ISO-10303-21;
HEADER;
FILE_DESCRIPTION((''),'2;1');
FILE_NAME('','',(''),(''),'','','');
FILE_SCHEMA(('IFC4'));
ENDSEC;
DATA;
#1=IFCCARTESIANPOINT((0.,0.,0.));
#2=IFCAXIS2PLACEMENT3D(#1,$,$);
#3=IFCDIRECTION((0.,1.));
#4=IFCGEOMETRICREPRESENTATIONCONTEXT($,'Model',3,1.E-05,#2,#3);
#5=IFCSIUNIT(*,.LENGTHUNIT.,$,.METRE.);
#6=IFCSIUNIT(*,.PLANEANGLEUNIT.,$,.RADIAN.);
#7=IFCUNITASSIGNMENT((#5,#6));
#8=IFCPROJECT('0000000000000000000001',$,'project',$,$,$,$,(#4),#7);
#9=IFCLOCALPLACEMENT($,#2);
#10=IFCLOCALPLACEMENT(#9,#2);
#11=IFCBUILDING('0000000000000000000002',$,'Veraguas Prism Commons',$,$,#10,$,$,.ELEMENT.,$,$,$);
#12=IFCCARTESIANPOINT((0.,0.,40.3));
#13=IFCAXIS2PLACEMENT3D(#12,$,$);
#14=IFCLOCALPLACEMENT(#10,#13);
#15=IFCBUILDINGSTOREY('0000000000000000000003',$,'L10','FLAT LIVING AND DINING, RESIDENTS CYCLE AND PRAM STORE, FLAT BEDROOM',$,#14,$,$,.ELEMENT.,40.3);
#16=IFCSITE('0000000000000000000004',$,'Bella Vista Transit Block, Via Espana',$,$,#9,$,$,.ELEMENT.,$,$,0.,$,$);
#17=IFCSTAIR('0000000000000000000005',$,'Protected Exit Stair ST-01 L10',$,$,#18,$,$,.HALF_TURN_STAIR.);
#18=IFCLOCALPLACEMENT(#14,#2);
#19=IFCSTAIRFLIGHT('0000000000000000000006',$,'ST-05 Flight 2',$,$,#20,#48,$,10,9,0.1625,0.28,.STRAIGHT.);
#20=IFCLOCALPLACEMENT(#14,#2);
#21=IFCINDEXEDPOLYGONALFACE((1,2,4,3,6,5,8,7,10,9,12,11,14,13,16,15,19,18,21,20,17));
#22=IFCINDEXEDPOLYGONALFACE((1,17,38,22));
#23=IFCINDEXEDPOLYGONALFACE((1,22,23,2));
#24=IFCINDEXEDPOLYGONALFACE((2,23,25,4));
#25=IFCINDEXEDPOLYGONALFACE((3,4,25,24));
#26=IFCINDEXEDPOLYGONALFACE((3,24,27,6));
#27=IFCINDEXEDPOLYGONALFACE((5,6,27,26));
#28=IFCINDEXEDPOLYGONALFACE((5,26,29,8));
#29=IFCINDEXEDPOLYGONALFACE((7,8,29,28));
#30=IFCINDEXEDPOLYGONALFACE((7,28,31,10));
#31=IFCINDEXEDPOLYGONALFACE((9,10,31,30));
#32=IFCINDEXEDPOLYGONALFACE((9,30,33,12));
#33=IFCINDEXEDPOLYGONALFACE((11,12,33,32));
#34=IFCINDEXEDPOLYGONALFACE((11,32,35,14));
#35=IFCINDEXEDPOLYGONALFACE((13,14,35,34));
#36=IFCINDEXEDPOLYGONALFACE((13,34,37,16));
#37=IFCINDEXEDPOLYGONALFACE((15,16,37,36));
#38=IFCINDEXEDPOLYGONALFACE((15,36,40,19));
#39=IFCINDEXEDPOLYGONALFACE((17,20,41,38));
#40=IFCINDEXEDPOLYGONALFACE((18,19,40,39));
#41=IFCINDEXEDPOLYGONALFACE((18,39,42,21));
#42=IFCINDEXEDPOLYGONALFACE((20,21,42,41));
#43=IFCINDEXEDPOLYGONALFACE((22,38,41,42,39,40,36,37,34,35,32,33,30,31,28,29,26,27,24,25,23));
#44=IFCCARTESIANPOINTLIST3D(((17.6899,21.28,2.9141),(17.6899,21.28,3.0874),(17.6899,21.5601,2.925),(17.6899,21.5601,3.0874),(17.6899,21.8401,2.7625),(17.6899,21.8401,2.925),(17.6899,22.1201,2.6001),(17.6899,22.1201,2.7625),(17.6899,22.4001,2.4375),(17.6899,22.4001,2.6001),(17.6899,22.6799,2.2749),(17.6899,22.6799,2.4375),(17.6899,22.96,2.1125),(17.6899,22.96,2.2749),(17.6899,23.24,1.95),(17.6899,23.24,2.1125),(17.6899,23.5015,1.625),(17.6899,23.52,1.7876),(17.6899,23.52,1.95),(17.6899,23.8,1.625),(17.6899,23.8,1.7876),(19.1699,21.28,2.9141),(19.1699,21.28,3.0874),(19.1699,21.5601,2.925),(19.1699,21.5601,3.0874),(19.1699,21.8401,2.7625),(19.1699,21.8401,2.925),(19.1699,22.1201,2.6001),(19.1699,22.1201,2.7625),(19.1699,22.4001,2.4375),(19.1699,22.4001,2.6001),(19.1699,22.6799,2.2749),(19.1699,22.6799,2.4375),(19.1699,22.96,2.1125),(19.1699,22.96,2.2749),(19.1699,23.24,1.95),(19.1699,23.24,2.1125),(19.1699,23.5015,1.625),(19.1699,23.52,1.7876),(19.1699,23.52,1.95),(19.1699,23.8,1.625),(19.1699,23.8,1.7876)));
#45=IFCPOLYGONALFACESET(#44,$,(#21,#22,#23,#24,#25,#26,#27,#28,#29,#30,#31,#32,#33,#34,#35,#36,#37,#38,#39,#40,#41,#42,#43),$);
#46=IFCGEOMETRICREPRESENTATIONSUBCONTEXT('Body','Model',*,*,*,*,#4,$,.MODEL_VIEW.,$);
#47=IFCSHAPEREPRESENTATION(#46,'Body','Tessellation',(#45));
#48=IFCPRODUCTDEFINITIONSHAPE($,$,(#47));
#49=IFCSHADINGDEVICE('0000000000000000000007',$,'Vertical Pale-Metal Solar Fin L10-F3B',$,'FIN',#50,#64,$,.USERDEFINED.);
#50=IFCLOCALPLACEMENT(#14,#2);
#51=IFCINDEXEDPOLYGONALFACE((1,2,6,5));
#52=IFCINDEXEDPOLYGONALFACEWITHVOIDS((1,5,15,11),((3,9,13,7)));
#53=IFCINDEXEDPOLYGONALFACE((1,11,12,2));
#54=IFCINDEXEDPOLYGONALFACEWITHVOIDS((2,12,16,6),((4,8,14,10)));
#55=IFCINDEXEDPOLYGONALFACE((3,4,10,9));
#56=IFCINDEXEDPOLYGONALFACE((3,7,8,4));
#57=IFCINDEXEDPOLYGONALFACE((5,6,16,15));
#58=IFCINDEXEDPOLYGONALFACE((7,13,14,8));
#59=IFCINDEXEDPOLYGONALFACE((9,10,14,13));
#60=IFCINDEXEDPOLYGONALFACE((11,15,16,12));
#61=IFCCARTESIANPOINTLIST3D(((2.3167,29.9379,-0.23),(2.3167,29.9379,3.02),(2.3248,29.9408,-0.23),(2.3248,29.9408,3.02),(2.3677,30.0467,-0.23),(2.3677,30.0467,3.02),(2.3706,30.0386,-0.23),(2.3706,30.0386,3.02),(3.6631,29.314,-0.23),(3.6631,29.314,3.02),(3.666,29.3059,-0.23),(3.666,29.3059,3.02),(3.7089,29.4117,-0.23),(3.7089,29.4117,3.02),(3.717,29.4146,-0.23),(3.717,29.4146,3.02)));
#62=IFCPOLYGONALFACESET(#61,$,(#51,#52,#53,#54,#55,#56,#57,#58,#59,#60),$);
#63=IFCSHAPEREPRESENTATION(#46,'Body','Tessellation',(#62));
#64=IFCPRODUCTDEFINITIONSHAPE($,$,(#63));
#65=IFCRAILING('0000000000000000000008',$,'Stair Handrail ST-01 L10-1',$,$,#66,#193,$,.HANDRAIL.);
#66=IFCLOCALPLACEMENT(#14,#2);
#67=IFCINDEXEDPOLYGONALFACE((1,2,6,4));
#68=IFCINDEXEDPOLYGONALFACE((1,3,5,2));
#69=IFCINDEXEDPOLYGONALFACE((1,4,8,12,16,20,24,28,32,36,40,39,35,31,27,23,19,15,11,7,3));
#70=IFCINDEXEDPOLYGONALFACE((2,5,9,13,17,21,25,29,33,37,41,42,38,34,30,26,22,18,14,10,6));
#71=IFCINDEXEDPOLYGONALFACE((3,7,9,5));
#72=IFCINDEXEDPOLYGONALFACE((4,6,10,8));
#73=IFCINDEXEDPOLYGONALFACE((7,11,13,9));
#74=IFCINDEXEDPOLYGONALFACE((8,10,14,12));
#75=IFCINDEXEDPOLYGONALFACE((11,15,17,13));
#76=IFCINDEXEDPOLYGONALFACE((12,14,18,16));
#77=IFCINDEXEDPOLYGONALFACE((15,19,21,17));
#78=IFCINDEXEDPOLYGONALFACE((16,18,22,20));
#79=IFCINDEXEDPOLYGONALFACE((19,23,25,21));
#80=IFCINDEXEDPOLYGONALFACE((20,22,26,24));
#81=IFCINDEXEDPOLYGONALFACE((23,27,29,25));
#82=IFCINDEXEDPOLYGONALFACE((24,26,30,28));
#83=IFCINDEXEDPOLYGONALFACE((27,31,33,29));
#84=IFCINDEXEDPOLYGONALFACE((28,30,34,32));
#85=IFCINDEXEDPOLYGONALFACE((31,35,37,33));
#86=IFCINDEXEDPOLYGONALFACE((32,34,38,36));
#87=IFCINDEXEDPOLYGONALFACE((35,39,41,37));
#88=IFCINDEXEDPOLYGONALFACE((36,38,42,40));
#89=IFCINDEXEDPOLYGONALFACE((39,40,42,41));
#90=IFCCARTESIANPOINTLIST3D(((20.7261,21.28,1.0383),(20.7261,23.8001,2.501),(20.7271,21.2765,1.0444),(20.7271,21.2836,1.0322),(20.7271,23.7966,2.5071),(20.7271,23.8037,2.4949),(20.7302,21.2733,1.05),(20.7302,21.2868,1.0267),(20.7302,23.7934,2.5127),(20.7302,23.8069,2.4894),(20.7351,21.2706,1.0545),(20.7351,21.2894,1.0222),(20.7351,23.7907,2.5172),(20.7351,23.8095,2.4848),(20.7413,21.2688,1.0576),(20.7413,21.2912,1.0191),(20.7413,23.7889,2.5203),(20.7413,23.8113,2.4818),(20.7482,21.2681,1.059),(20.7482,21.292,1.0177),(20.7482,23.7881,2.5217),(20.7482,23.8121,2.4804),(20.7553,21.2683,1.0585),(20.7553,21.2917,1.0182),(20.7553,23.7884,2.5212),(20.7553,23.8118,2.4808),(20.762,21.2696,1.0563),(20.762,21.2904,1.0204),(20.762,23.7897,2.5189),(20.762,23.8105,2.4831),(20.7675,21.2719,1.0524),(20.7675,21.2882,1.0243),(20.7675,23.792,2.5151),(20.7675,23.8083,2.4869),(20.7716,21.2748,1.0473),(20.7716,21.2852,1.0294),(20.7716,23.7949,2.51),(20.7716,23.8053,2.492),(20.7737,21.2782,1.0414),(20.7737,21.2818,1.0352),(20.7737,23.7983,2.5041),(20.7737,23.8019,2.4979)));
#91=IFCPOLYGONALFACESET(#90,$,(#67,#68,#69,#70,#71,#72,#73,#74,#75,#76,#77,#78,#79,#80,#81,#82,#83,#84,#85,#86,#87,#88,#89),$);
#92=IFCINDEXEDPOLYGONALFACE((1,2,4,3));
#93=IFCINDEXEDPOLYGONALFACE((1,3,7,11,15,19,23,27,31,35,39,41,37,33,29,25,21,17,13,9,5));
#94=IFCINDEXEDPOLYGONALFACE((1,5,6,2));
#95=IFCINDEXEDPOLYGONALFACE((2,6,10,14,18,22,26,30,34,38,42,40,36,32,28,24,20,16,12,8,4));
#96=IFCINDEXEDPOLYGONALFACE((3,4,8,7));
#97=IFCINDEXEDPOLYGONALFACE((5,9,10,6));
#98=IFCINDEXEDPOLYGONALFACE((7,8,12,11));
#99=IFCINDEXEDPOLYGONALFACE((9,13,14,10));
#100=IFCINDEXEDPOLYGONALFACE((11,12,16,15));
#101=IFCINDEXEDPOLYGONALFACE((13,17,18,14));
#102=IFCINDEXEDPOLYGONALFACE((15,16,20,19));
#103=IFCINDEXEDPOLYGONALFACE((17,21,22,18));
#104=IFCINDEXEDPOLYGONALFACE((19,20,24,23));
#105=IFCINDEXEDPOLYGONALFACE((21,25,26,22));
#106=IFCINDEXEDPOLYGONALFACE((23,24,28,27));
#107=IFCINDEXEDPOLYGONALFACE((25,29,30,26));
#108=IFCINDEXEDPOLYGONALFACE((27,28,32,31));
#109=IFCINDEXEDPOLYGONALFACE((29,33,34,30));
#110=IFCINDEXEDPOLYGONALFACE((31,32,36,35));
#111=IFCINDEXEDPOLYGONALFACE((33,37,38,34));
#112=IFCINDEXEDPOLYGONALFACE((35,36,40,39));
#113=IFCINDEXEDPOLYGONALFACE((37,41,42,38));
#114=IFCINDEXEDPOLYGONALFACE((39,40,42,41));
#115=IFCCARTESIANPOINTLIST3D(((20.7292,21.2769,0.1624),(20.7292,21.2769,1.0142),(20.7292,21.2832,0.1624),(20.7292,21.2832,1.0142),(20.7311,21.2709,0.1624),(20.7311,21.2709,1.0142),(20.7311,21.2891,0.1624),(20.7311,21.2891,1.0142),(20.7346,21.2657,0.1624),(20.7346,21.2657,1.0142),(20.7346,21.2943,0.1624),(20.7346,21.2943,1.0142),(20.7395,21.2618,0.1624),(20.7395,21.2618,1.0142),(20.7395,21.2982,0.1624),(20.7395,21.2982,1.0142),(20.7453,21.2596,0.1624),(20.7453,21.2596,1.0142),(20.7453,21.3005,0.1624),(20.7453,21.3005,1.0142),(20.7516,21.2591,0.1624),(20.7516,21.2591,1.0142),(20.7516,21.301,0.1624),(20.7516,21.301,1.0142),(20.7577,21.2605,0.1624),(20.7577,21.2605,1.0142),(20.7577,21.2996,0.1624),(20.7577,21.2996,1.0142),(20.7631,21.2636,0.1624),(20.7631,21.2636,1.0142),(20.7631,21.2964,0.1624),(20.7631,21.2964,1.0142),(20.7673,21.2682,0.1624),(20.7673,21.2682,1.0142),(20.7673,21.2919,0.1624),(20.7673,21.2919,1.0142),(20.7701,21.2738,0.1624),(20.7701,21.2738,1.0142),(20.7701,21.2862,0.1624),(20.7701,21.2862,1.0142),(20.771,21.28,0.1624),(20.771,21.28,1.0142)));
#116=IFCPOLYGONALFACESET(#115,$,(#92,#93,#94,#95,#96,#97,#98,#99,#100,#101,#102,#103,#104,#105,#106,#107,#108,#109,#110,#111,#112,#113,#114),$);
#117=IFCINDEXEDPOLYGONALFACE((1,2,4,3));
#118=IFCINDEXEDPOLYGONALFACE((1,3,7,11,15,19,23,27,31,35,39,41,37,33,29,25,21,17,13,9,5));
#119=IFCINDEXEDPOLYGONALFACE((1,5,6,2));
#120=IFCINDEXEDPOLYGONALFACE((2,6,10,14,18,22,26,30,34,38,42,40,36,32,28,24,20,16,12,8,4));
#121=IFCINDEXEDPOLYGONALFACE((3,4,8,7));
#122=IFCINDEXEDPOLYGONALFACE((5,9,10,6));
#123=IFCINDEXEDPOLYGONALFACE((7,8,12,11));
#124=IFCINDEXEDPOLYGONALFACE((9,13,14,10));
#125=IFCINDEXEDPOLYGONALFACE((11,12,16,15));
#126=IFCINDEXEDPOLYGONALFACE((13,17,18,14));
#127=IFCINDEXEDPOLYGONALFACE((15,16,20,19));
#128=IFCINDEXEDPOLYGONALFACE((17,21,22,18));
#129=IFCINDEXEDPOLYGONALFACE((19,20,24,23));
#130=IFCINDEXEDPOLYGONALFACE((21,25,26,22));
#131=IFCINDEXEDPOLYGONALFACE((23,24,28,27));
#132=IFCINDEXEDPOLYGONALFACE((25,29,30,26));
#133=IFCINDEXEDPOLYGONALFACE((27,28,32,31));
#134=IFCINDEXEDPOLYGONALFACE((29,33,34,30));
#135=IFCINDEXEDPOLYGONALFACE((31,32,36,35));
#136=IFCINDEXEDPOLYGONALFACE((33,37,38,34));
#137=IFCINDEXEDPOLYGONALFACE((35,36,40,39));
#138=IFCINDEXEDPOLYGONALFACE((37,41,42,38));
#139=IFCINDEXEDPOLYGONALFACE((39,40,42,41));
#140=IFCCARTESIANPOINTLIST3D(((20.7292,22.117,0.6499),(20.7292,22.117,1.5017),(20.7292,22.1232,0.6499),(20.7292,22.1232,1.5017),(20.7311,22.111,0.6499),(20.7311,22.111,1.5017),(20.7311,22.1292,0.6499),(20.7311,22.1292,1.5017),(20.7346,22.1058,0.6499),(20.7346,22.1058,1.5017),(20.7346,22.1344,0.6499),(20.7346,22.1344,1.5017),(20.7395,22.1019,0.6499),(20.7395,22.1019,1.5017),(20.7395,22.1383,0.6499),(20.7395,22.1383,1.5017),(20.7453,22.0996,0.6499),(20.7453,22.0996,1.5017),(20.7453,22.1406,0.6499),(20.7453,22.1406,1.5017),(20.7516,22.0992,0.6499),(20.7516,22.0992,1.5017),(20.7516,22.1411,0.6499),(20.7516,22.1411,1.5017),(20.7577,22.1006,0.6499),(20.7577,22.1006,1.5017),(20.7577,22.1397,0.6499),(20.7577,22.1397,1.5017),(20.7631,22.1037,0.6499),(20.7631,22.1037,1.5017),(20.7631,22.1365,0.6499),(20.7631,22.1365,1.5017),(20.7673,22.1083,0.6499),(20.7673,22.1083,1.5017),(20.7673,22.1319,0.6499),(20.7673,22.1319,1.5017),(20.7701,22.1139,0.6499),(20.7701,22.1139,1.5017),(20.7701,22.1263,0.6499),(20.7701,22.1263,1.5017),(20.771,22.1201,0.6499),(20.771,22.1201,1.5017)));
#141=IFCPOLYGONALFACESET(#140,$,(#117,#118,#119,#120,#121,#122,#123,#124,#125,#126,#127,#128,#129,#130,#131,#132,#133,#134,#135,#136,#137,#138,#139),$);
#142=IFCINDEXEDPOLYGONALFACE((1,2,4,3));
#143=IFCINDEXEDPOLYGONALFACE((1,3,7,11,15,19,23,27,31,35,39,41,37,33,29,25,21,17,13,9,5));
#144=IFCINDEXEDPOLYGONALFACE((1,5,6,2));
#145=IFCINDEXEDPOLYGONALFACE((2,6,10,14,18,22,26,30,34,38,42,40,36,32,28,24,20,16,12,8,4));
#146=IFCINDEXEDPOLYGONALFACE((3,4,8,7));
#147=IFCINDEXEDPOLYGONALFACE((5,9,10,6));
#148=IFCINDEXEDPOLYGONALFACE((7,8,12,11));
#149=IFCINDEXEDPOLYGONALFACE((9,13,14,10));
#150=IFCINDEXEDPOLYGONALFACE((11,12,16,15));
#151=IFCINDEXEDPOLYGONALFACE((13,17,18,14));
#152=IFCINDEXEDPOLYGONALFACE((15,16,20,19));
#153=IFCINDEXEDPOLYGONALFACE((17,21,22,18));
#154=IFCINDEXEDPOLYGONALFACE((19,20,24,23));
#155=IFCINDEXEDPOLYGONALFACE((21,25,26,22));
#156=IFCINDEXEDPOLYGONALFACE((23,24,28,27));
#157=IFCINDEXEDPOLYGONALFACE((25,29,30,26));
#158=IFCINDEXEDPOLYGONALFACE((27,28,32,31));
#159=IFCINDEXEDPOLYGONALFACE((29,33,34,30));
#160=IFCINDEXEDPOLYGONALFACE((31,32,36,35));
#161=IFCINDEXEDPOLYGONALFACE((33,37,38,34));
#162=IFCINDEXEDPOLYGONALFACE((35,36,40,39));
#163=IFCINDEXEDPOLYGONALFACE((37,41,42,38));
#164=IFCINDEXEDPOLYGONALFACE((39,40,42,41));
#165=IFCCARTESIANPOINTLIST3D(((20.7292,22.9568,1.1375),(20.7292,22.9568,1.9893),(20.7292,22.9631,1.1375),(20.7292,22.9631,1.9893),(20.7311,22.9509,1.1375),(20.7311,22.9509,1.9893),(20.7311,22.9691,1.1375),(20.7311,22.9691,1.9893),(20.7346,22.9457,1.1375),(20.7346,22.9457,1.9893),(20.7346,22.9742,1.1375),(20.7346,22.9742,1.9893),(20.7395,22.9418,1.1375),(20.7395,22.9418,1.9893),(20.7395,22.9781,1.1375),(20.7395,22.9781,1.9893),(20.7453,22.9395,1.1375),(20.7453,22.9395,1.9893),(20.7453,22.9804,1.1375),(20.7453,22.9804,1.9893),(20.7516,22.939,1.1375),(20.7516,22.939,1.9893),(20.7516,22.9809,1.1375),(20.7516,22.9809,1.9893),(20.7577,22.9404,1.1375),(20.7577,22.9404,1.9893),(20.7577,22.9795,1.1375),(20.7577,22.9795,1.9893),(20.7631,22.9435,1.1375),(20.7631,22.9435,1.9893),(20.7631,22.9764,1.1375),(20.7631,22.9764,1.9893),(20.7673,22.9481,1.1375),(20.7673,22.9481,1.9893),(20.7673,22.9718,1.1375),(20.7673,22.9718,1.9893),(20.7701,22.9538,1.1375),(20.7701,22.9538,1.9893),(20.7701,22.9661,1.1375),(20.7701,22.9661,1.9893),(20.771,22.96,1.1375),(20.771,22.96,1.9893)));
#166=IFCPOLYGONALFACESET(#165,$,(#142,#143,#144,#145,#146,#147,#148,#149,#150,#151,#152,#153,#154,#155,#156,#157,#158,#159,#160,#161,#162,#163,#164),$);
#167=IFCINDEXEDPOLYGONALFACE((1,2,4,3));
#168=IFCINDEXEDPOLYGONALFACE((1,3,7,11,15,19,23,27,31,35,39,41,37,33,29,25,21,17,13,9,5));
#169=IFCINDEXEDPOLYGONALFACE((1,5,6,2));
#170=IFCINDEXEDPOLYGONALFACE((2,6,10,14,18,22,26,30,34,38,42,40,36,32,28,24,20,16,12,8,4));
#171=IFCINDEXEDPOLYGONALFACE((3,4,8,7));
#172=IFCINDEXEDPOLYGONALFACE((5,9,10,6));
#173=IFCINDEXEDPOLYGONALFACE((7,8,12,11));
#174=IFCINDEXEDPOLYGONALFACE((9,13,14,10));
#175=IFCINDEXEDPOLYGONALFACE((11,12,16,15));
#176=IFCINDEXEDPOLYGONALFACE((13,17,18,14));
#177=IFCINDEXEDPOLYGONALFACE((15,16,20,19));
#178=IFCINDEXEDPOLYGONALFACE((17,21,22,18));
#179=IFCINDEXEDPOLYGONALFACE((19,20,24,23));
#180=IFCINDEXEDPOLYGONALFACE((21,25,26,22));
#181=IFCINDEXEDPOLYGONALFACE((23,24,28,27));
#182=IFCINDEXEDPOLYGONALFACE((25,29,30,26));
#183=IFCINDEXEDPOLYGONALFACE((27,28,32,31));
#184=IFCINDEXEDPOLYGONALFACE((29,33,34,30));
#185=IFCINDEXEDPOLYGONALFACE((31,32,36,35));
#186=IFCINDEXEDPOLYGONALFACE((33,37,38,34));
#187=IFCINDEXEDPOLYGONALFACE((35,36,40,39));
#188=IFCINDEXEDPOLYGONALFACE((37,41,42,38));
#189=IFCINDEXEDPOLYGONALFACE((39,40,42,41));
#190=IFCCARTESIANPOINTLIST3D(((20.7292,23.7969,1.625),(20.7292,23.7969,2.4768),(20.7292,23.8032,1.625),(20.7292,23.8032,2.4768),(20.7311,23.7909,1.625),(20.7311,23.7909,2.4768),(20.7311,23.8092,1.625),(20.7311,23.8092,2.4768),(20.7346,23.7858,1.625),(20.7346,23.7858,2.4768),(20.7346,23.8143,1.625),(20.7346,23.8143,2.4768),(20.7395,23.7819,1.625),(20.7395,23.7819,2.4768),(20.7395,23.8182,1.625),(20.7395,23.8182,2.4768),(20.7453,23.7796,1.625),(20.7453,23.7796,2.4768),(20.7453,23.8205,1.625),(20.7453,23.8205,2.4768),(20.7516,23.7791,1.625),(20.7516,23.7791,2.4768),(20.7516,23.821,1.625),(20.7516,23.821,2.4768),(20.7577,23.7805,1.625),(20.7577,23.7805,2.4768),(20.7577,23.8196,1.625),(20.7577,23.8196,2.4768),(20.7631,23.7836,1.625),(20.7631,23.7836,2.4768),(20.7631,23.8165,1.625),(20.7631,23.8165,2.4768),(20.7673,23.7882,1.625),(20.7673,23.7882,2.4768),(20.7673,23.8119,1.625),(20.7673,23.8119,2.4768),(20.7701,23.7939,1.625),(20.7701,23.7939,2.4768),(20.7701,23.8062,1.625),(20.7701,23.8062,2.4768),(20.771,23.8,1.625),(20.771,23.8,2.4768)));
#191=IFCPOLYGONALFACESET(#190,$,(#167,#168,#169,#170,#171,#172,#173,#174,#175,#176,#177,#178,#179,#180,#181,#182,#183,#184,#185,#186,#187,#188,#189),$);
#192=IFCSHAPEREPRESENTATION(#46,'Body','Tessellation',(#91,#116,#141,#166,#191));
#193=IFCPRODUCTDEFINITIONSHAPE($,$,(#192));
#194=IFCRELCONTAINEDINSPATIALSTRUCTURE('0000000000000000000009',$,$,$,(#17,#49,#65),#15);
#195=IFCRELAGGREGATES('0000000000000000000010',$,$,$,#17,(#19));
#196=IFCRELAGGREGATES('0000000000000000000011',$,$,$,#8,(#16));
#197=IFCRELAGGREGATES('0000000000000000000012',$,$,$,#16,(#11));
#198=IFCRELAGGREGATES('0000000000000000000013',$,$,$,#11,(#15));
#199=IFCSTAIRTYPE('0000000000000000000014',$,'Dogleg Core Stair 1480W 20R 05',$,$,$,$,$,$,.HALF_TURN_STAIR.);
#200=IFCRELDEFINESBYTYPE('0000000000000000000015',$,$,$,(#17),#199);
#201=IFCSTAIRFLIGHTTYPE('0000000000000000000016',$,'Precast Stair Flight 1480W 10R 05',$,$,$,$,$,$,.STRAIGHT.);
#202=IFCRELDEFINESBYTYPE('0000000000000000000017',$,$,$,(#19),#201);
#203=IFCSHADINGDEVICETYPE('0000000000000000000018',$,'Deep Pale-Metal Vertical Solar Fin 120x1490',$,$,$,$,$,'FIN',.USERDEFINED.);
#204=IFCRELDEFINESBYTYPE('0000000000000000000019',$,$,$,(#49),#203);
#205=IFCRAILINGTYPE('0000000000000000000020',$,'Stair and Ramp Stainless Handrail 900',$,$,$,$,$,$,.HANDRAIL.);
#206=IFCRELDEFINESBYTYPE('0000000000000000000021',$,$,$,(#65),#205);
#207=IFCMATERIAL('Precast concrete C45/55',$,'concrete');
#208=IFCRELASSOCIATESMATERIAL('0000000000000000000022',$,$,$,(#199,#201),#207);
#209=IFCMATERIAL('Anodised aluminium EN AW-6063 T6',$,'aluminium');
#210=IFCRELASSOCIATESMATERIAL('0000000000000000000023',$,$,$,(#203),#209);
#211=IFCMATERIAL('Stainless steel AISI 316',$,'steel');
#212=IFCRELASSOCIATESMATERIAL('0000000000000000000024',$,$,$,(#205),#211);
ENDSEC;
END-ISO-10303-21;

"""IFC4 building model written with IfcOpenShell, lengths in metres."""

from ifc_helpers import new_model, si_unit, direction, frame, origin, origin_2d, place, context, subcontext, project, spatial, polyline, hollow_rectangle, circle, outline, extrude, material, material_profile, profile_set, type_object, element, aggregate, save


model = new_model("IFC4")

# Units and contexts
model_context = context("Model", 3, precision=1e-05, world=origin(), true_north=direction((0.0, 1.0)))
body_context = subcontext(model_context, "Body", "Model", "MODEL_VIEW")
ifc_project = project(units=[si_unit("LENGTHUNIT", "METRE"), si_unit("PLANEANGLEUNIT", "RADIAN")], contexts=[model_context])

# Site, building, storey
site_placement = place(None, origin())
site = spatial("IfcSite", under=ifc_project, at=site_placement, Name="Bella Vista Transit Block, Via Espana", CompositionType="ELEMENT", RefElevation=0.0)
building_placement = place(site_placement, origin())
building = spatial("IfcBuilding", under=site, at=building_placement, Name="Veraguas Prism Commons", CompositionType="ELEMENT")
storey_placement = place(building_placement, frame((0.0, 0.0, 40.3)))
storey = spatial("IfcBuildingStorey", under=building, at=storey_placement, Name="L10", Description="FLAT LIVING AND DINING, RESIDENTS CYCLE AND PRAM STORE, FLAT BEDROOM", CompositionType="ELEMENT", Elevation=40.3)

# Shared definitions
ifc_material_1 = material(Name="Anodised aluminium EN AW-6063 T6", Category="aluminium")

# Stair, stair flight
ifc_material_2 = material(Name="Precast concrete C45/55", Category="concrete")
stair_type = type_object("IfcStairType", Name="Dogleg Core Stair 1480W 20R 05", PredefinedType="HALF_TURN_STAIR", material=ifc_material_2)
stair_placement = place(storey_placement, origin())
stair = element("IfcStair", 1, at=stair_placement, inside=storey, type_object=stair_type, Name="Protected Exit Stair ST-01 L10", PredefinedType="HALF_TURN_STAIR")
stair_flight_type = type_object("IfcStairFlightType", Name="Precast Stair Flight 1480W 10R 05", PredefinedType="STRAIGHT", material=ifc_material_2)
stair_flight_1_placement = place(storey_placement, frame((18.4299, 23.8, 1.625), z_axis=(0.0, 0.0, 1.0), x_axis=(0.0, -1.0, 0.0)))
stair_flight_1 = element("IfcStairFlight", 2, at=stair_flight_1_placement, type_object=stair_flight_type, Name="ST-05 Flight 2", NumberOfRisers=10, NumberOfTreads=9, PredefinedType="STRAIGHT", RiserHeight=0.1625, TreadLength=0.28, context=body_context, shape_type="SweptSolid", body=[
    extrude(outline(polyline([(0.0, 0.0), (0.0, 0.1626), (0.28, 0.1626), (0.28, 0.325), (0.5601, 0.325), (0.5601, 0.4875), (0.8401, 0.4875), (0.8401, 0.6499), (1.1201, 0.6499), (1.1201, 0.8125), (1.3999, 0.8125), (1.3999, 0.9751), (1.6799, 0.9751), (1.6799, 1.1375), (1.96, 1.1375), (1.96, 1.3), (2.24, 1.3), (2.24, 1.4624), (2.52, 1.4624), (2.52, 1.625), (2.52, 1.2891), (0.2986, 0.0), (0.0, 0.0)])), frame((0.0, 0.74, 0.0), z_axis=(0.0, -1.0, 0.0), x_axis=(1.0, 0.0, 0.0)), (0.0, 0.0, 1.0), 1.48),
])
aggregate(stair, [stair_flight_1])

# Shading device
ifc_material_profile_1 = material_profile(ifc_material_1, hollow_rectangle(XDim=0.1201, YDim=1.49, WallThickness=0.0061, at=origin_2d()), Name="FIN120X1490X6")
ifc_profile_set_1 = profile_set([ifc_material_profile_1], Name="Anodised aluminium EN AW-6063 T6")
shading_device_type = type_object("IfcShadingDeviceType", Name="Deep Pale-Metal Vertical Solar Fin 120x1490", ElementType="FIN", PredefinedType="USERDEFINED", material=ifc_profile_set_1)
shading_device_placement = place(storey_placement, frame((3.0168, 29.6763, -0.23), z_axis=(0.0, 0.0, 1.0), x_axis=(-0.424199, -0.905569, 0.0)))
element("IfcShadingDevice", 3, at=shading_device_placement, inside=storey, type_object=shading_device_type, Name="Vertical Pale-Metal Solar Fin L10-F3B", ObjectType="FIN", PredefinedType="USERDEFINED", context=body_context, shape_type="SweptSolid", body=[
    extrude(hollow_rectangle(XDim=0.1201, YDim=1.49, WallThickness=0.0061, at=origin_2d()), origin(), (0.0, 0.0, 1.0), 3.25),
])

# Railing
ifc_material_3 = material(Name="Stainless steel AISI 316", Category="steel")
railing_type_1 = type_object("IfcRailingType", Name="Stair and Ramp Stainless Handrail 900", PredefinedType="HANDRAIL", material=ifc_material_3)
railing_1_placement = place(storey_placement, frame((20.75, 21.28, 0.1624)))
element("IfcRailing", 4, at=railing_1_placement, inside=storey, type_object=railing_type_1, Name="Stair Handrail ST-01 L10-1", PredefinedType="HANDRAIL", context=body_context, shape_type="SweptSolid", body=[
    extrude(circle(Radius=0.0239, at=origin_2d()), frame((0.0, 0.0, 0.876), z_axis=(0.0, 0.864877, 0.501984), x_axis=(-1.0, 0.0, 0.0)), (0.0, 0.0, 1.0), 2.9138),
    extrude(circle(Radius=0.021, at=origin_2d()), origin(), (0.0, 0.0, 1.0), 0.8518),
    extrude(circle(Radius=0.021, at=origin_2d()), frame((0.0, 0.8401, 0.4875)), (0.0, 0.0, 1.0), 0.8518),
    extrude(circle(Radius=0.021, at=origin_2d()), frame((0.0, 1.6799, 0.9751)), (0.0, 0.0, 1.0), 0.8518),
    extrude(circle(Radius=0.021, at=origin_2d()), frame((0.0, 2.52, 1.4626)), (0.0, 0.0, 1.0), 0.8518),
])

save(model, "model.ifc")
